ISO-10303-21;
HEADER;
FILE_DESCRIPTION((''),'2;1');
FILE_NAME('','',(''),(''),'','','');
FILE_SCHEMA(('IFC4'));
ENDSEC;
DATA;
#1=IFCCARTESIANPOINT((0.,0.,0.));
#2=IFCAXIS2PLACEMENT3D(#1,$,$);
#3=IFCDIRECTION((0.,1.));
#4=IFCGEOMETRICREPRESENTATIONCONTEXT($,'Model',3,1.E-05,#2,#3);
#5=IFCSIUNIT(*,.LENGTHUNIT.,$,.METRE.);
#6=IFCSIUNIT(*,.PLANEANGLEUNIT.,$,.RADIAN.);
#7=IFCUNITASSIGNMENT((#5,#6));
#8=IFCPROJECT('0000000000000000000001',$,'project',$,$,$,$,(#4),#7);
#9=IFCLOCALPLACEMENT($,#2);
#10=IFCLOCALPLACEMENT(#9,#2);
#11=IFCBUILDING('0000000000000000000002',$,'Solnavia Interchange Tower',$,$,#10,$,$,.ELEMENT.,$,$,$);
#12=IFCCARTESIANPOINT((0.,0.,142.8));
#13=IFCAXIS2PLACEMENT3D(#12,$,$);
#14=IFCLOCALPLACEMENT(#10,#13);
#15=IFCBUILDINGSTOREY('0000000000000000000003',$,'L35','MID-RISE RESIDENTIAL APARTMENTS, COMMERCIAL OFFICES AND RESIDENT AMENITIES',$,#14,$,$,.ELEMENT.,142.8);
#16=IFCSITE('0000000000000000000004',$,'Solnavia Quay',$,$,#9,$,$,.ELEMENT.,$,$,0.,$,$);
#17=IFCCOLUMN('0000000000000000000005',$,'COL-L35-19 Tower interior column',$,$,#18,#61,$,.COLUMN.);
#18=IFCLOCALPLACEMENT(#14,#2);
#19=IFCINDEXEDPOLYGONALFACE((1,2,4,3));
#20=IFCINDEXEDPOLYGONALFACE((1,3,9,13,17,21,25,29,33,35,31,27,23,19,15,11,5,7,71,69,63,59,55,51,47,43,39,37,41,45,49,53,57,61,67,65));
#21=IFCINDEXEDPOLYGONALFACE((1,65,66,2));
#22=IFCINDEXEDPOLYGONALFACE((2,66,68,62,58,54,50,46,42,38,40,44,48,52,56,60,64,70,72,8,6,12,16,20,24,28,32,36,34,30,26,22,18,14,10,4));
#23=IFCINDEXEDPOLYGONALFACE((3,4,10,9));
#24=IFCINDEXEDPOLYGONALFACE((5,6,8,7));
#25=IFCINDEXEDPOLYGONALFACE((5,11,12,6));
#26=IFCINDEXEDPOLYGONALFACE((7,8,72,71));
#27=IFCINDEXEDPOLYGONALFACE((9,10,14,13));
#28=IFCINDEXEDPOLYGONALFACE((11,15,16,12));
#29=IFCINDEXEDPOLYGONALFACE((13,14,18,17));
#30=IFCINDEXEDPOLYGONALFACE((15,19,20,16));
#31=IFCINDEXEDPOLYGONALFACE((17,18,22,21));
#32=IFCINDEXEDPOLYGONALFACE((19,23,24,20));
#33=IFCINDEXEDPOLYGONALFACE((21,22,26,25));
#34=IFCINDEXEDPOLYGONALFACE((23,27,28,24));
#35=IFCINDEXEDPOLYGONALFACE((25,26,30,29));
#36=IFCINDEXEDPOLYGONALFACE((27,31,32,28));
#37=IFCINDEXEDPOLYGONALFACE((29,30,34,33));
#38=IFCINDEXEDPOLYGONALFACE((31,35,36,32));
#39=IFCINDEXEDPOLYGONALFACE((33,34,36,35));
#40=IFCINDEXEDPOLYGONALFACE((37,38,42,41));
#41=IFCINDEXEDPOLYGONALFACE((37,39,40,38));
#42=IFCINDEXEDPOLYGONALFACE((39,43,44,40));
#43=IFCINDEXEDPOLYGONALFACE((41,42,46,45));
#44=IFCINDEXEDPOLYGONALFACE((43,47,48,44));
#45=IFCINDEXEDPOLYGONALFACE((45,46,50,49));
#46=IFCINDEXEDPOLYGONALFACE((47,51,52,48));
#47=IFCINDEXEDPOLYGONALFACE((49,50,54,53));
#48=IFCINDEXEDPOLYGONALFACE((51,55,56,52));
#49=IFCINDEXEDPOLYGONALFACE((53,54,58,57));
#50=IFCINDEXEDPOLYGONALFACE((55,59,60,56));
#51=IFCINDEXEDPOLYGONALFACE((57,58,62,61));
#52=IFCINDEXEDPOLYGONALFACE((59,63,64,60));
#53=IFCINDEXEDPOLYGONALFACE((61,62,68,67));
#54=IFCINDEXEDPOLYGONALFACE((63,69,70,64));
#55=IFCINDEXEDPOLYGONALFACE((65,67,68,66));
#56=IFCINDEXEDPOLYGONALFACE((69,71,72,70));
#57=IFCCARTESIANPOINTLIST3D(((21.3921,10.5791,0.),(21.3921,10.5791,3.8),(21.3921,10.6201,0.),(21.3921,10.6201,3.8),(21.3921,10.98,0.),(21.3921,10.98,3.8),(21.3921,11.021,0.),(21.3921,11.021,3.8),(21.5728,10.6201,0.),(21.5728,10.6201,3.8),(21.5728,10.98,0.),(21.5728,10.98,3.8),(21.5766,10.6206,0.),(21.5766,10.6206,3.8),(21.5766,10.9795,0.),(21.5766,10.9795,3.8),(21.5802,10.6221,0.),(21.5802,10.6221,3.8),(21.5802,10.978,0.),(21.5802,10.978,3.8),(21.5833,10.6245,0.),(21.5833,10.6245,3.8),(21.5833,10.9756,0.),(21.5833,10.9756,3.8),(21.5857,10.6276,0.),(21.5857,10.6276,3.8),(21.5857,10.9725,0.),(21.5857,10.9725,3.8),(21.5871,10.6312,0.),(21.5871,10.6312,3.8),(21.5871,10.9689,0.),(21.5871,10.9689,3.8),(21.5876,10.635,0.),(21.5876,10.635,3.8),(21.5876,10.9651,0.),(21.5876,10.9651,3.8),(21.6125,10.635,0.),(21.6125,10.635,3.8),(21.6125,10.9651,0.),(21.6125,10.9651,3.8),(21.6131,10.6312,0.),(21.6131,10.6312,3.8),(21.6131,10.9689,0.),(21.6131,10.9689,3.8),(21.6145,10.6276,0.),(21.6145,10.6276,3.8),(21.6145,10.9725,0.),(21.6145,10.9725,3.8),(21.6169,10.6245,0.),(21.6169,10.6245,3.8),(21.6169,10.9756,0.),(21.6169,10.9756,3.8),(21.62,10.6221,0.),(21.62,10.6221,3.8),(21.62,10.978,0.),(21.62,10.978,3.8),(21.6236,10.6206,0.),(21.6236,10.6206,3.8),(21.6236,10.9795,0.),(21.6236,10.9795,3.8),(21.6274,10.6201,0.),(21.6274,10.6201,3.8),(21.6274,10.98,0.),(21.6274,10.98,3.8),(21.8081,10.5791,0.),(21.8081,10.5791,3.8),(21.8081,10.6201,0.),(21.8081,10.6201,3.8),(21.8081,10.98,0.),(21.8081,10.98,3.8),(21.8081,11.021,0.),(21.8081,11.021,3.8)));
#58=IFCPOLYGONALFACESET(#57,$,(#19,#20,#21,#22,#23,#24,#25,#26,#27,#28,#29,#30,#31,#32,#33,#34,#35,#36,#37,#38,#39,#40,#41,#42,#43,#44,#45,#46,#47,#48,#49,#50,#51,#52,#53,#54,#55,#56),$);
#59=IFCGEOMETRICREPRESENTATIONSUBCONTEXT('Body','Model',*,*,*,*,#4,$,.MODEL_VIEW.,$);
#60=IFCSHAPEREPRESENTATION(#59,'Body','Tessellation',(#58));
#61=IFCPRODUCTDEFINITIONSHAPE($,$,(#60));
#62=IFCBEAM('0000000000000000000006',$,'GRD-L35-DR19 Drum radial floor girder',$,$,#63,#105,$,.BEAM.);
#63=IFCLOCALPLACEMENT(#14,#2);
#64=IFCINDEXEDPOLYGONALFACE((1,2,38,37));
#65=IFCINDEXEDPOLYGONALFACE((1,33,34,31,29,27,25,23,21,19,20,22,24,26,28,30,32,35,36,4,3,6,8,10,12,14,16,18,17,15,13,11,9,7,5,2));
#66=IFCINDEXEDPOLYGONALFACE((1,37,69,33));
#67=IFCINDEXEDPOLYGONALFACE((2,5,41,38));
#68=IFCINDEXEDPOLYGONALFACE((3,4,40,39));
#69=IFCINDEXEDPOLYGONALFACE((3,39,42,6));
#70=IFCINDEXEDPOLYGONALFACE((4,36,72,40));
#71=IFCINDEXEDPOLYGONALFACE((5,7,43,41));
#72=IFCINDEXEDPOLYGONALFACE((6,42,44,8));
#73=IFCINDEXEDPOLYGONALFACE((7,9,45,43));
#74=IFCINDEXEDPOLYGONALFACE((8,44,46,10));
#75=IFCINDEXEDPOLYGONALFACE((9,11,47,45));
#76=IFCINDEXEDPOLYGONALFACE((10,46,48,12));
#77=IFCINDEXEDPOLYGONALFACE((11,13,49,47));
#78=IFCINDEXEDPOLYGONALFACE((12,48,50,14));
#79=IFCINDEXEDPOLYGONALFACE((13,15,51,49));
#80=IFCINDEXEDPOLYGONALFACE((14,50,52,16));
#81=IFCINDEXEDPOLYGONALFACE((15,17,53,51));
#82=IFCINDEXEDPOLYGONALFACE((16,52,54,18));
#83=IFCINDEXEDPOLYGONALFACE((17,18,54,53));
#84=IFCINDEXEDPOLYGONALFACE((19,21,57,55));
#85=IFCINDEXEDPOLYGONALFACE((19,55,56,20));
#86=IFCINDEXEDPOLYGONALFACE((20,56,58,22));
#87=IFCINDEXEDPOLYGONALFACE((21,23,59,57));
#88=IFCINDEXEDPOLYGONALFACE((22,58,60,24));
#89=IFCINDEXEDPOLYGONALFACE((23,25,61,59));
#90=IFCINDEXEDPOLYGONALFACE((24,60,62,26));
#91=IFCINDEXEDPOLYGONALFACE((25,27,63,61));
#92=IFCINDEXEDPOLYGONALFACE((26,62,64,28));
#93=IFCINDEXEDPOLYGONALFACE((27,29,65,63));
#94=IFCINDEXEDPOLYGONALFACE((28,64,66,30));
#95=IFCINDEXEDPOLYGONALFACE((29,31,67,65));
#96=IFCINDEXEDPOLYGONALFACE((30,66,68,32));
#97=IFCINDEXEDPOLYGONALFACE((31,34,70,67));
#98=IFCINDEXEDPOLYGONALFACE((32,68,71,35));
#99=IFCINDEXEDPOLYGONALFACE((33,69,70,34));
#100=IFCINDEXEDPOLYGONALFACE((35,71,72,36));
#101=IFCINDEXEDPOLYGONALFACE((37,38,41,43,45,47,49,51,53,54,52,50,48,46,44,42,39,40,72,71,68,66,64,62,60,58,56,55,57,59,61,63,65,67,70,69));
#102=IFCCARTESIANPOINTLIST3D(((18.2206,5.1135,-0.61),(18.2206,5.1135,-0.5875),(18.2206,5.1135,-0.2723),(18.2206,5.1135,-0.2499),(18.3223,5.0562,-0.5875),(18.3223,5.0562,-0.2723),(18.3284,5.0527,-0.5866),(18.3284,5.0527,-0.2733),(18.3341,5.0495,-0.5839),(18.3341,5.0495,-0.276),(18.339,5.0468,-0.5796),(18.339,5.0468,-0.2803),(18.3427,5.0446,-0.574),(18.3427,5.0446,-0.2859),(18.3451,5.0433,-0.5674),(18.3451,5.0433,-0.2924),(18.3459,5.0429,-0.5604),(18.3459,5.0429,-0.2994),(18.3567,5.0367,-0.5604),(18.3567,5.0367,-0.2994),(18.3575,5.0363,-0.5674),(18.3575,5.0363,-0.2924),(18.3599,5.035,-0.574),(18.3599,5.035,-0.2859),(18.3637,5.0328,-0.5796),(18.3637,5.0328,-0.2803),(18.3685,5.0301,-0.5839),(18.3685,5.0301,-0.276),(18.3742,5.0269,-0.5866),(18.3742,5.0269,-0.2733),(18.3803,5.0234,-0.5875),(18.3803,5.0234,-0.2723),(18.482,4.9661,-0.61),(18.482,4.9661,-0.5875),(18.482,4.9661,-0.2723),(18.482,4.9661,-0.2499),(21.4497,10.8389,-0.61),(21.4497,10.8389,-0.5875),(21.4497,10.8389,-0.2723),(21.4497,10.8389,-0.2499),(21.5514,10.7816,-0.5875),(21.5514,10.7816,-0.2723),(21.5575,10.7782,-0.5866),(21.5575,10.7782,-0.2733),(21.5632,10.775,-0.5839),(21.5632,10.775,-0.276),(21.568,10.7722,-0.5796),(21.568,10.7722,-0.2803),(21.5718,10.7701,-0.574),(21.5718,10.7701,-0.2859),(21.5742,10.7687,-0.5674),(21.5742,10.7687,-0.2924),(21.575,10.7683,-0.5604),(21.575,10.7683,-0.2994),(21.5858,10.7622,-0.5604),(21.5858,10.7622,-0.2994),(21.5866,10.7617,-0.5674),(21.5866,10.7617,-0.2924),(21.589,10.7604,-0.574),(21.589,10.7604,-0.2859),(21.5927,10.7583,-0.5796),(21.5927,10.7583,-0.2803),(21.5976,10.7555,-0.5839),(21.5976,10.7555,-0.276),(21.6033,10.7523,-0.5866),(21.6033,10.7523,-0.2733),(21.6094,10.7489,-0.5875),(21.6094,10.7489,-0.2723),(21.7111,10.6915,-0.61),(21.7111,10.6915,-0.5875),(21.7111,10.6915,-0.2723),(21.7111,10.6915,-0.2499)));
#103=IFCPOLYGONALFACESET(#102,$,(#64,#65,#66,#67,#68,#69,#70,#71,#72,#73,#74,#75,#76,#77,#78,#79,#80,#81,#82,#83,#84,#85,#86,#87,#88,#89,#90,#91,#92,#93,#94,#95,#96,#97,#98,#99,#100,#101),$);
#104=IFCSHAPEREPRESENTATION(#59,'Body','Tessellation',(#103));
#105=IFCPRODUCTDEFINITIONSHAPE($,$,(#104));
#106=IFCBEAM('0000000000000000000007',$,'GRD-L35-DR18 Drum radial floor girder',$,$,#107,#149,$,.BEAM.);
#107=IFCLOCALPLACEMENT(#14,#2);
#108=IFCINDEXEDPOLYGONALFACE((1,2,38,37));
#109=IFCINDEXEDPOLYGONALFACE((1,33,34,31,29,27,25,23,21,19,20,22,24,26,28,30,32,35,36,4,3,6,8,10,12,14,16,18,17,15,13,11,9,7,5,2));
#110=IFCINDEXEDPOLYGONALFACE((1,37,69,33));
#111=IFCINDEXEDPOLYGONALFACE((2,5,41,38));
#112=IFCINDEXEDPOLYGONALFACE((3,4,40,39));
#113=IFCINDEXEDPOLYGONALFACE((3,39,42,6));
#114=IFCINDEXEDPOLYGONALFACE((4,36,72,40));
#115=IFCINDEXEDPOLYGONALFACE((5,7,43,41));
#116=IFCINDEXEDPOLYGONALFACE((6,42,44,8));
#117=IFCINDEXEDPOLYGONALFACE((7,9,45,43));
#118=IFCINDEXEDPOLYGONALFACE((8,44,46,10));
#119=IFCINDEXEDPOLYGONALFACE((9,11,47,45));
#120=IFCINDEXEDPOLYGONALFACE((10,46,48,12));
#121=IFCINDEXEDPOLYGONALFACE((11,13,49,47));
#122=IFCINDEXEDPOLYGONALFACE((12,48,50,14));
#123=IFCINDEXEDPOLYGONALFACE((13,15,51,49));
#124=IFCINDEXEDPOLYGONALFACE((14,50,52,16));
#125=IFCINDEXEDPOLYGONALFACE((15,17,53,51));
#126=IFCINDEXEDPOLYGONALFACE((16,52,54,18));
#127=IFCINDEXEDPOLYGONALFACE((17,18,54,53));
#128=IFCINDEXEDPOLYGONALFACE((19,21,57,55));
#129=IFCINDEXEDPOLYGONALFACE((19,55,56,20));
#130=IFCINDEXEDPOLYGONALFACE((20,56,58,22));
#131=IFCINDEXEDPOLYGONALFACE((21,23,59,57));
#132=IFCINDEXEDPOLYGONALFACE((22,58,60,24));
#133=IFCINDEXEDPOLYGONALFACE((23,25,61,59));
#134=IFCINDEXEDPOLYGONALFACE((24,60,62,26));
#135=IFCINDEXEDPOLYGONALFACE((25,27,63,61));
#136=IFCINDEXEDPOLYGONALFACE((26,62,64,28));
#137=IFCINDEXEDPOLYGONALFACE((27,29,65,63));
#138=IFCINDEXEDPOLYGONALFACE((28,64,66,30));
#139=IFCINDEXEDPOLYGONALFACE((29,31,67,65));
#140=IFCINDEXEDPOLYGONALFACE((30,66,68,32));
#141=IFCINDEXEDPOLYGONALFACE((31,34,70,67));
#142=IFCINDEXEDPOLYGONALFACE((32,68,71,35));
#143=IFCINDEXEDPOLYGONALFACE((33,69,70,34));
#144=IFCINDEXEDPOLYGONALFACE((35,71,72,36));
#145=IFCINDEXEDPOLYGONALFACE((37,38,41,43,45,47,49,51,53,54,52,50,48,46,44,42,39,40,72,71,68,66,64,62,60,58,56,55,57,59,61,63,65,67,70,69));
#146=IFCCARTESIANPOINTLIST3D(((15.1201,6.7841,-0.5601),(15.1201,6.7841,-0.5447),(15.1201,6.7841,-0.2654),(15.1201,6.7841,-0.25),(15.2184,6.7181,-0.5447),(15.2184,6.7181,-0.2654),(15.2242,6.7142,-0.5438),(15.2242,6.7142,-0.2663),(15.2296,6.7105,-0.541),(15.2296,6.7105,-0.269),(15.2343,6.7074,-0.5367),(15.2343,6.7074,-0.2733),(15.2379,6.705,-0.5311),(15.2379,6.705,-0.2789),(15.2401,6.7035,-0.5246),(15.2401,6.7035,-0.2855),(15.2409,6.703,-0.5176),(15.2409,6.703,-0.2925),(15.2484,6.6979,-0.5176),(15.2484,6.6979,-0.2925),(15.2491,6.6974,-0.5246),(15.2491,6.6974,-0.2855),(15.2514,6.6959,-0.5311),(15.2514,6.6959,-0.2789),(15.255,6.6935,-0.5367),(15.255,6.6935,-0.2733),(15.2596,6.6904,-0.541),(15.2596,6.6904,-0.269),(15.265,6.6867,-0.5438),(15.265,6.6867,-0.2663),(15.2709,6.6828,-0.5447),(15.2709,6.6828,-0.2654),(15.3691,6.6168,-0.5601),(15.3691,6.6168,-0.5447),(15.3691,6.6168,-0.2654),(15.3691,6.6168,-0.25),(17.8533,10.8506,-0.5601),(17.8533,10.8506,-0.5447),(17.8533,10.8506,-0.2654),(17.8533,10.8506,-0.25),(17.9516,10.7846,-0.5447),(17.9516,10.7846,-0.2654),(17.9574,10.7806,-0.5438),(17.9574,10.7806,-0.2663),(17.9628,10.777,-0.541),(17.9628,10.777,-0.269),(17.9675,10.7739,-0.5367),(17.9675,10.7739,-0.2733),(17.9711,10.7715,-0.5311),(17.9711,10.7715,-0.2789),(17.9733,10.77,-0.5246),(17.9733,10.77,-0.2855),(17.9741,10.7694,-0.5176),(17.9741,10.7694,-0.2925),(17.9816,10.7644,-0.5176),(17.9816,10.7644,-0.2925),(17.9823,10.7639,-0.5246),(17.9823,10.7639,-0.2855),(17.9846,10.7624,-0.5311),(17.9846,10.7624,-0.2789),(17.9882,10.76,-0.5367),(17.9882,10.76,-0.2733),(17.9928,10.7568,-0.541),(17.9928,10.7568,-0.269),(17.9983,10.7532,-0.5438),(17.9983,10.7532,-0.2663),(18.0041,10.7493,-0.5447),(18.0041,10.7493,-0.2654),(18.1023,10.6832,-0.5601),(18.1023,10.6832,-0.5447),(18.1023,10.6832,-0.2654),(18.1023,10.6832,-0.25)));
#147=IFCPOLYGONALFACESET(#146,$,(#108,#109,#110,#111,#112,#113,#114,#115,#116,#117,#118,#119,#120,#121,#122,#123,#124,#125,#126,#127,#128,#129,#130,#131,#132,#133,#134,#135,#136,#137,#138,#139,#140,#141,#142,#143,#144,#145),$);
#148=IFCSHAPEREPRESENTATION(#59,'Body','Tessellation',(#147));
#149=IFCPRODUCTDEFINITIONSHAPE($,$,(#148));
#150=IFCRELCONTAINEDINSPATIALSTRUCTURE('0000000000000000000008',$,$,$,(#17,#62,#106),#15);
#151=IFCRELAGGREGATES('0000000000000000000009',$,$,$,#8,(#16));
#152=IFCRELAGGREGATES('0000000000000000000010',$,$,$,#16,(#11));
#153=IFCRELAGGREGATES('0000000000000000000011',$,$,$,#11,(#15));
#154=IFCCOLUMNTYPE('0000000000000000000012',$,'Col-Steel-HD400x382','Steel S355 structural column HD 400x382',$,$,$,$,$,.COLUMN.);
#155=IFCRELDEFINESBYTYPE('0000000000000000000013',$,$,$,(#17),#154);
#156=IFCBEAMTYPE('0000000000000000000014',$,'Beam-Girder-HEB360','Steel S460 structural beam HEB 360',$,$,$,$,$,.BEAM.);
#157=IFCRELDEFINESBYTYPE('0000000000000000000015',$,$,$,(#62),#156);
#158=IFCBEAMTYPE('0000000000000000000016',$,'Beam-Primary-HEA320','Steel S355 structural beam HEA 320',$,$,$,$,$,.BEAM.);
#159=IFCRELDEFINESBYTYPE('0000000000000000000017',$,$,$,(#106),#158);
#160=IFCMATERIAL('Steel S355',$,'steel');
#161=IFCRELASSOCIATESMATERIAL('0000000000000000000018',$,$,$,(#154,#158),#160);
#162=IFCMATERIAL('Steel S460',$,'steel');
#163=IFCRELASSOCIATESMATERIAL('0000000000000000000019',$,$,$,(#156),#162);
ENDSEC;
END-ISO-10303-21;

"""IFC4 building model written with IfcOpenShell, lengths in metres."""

from ifc_helpers import new_model, si_unit, direction, frame, origin, origin_2d, place, context, subcontext, project, spatial, i_section, extrude, material, material_profile, profile_set, type_object, element, save


model = new_model("IFC4")

# Units and contexts
model_context = context("Model", 3, precision=1e-05, world=origin(), true_north=direction((0.0, 1.0)))
body_context = subcontext(model_context, "Body", "Model", "MODEL_VIEW")
ifc_project = project(units=[si_unit("LENGTHUNIT", "METRE"), si_unit("PLANEANGLEUNIT", "RADIAN")], contexts=[model_context])

# Site, building, storey
site_placement = place(None, origin())
site = spatial("IfcSite", under=ifc_project, at=site_placement, Name="Solnavia Quay", CompositionType="ELEMENT", RefElevation=0.0)
building_placement = place(site_placement, origin())
building = spatial("IfcBuilding", under=site, at=building_placement, Name="Solnavia Interchange Tower", CompositionType="ELEMENT")
storey_placement = place(building_placement, frame((0.0, 0.0, 142.8)))
storey = spatial("IfcBuildingStorey", under=building, at=storey_placement, Name="L35", Description="MID-RISE RESIDENTIAL APARTMENTS, COMMERCIAL OFFICES AND RESIDENT AMENITIES", CompositionType="ELEMENT", Elevation=142.8)

# Column
ifc_material_1 = material(Name="Steel S355", Category="steel")
ifc_material_profile_1 = material_profile(ifc_material_1, i_section(OverallWidth=0.416, OverallDepth=0.4419, WebThickness=0.0249, FlangeThickness=0.041, FilletRadius=0.0149, at=origin_2d()), Name="HD 400x382")
ifc_profile_set_1 = profile_set([ifc_material_profile_1], Name="Steel S355")
column_type_1 = type_object("IfcColumnType", Name="Col-Steel-HD400x382", Description="Steel S355 structural column HD 400x382", PredefinedType="COLUMN", material=ifc_profile_set_1)
column_placement = place(storey_placement, frame((21.6001, 10.8, 0.0), z_axis=(0.0, 0.0, 1.0), x_axis=(1.0, 0.0, 0.0)))
element("IfcColumn", 1, at=column_placement, inside=storey, type_object=column_type_1, Name="COL-L35-19 Tower interior column", PredefinedType="COLUMN", context=body_context, shape_type="SweptSolid", body=[
    extrude(i_section(OverallWidth=0.416, OverallDepth=0.4419, WebThickness=0.0249, FlangeThickness=0.041, FilletRadius=0.0149, at=origin_2d()), origin(), (0.0, 0.0, 1.0), 3.8),
])

# Beams
ifc_material_2 = material(Name="Steel S460", Category="steel")
ifc_material_profile_2 = material_profile(ifc_material_2, i_section(OverallWidth=0.3, OverallDepth=0.3601, WebThickness=0.0125, FlangeThickness=0.0225, FilletRadius=0.0271, at=origin_2d()), Name="HEB 360")
ifc_profile_set_2 = profile_set([ifc_material_profile_2], Name="Steel S460")
beam_type_1 = type_object("IfcBeamType", Name="Beam-Girder-HEB360", Description="Steel S460 structural beam HEB 360", PredefinedType="BEAM", material=ifc_profile_set_2)
beam_1_placement = place(storey_placement, frame((18.3513, 5.0398, -0.4299), z_axis=(0.491243, 0.871022, 0.0), x_axis=(-0.871022, 0.491243, 0.0)))
element("IfcBeam", 2, at=beam_1_placement, inside=storey, type_object=beam_type_1, Name="GRD-L35-DR19 Drum radial floor girder", PredefinedType="BEAM", context=body_context, shape_type="SweptSolid", body=[
    extrude(i_section(OverallWidth=0.3, OverallDepth=0.3601, WebThickness=0.0125, FlangeThickness=0.0225, FilletRadius=0.0271, at=origin_2d()), origin(), (0.0, 0.0, 1.0), 6.5732),
])
ifc_material_profile_3 = material_profile(ifc_material_1, i_section(OverallWidth=0.3, OverallDepth=0.3101, WebThickness=0.009, FlangeThickness=0.0154, FilletRadius=0.0271, at=origin_2d()), Name="HEA 320")
ifc_profile_set_3 = profile_set([ifc_material_profile_3], Name="Steel S355")
beam_type_2 = type_object("IfcBeamType", Name="Beam-Primary-HEA320", Description="Steel S355 structural beam HEA 320", PredefinedType="BEAM", material=ifc_profile_set_3)
beam_2_placement = place(storey_placement, frame((15.2446, 6.7004, -0.405), z_axis=(0.557835, 0.829952, 0.0), x_axis=(-0.829952, 0.557835, 0.0)))
element("IfcBeam", 3, at=beam_2_placement, inside=storey, type_object=beam_type_2, Name="GRD-L35-DR18 Drum radial floor girder", PredefinedType="BEAM", context=body_context, shape_type="SweptSolid", body=[
    extrude(i_section(OverallWidth=0.3, OverallDepth=0.3101, WebThickness=0.009, FlangeThickness=0.0154, FilletRadius=0.0271, at=origin_2d()), origin(), (0.0, 0.0, 1.0), 4.8997),
])

save(model, "model.ifc")
